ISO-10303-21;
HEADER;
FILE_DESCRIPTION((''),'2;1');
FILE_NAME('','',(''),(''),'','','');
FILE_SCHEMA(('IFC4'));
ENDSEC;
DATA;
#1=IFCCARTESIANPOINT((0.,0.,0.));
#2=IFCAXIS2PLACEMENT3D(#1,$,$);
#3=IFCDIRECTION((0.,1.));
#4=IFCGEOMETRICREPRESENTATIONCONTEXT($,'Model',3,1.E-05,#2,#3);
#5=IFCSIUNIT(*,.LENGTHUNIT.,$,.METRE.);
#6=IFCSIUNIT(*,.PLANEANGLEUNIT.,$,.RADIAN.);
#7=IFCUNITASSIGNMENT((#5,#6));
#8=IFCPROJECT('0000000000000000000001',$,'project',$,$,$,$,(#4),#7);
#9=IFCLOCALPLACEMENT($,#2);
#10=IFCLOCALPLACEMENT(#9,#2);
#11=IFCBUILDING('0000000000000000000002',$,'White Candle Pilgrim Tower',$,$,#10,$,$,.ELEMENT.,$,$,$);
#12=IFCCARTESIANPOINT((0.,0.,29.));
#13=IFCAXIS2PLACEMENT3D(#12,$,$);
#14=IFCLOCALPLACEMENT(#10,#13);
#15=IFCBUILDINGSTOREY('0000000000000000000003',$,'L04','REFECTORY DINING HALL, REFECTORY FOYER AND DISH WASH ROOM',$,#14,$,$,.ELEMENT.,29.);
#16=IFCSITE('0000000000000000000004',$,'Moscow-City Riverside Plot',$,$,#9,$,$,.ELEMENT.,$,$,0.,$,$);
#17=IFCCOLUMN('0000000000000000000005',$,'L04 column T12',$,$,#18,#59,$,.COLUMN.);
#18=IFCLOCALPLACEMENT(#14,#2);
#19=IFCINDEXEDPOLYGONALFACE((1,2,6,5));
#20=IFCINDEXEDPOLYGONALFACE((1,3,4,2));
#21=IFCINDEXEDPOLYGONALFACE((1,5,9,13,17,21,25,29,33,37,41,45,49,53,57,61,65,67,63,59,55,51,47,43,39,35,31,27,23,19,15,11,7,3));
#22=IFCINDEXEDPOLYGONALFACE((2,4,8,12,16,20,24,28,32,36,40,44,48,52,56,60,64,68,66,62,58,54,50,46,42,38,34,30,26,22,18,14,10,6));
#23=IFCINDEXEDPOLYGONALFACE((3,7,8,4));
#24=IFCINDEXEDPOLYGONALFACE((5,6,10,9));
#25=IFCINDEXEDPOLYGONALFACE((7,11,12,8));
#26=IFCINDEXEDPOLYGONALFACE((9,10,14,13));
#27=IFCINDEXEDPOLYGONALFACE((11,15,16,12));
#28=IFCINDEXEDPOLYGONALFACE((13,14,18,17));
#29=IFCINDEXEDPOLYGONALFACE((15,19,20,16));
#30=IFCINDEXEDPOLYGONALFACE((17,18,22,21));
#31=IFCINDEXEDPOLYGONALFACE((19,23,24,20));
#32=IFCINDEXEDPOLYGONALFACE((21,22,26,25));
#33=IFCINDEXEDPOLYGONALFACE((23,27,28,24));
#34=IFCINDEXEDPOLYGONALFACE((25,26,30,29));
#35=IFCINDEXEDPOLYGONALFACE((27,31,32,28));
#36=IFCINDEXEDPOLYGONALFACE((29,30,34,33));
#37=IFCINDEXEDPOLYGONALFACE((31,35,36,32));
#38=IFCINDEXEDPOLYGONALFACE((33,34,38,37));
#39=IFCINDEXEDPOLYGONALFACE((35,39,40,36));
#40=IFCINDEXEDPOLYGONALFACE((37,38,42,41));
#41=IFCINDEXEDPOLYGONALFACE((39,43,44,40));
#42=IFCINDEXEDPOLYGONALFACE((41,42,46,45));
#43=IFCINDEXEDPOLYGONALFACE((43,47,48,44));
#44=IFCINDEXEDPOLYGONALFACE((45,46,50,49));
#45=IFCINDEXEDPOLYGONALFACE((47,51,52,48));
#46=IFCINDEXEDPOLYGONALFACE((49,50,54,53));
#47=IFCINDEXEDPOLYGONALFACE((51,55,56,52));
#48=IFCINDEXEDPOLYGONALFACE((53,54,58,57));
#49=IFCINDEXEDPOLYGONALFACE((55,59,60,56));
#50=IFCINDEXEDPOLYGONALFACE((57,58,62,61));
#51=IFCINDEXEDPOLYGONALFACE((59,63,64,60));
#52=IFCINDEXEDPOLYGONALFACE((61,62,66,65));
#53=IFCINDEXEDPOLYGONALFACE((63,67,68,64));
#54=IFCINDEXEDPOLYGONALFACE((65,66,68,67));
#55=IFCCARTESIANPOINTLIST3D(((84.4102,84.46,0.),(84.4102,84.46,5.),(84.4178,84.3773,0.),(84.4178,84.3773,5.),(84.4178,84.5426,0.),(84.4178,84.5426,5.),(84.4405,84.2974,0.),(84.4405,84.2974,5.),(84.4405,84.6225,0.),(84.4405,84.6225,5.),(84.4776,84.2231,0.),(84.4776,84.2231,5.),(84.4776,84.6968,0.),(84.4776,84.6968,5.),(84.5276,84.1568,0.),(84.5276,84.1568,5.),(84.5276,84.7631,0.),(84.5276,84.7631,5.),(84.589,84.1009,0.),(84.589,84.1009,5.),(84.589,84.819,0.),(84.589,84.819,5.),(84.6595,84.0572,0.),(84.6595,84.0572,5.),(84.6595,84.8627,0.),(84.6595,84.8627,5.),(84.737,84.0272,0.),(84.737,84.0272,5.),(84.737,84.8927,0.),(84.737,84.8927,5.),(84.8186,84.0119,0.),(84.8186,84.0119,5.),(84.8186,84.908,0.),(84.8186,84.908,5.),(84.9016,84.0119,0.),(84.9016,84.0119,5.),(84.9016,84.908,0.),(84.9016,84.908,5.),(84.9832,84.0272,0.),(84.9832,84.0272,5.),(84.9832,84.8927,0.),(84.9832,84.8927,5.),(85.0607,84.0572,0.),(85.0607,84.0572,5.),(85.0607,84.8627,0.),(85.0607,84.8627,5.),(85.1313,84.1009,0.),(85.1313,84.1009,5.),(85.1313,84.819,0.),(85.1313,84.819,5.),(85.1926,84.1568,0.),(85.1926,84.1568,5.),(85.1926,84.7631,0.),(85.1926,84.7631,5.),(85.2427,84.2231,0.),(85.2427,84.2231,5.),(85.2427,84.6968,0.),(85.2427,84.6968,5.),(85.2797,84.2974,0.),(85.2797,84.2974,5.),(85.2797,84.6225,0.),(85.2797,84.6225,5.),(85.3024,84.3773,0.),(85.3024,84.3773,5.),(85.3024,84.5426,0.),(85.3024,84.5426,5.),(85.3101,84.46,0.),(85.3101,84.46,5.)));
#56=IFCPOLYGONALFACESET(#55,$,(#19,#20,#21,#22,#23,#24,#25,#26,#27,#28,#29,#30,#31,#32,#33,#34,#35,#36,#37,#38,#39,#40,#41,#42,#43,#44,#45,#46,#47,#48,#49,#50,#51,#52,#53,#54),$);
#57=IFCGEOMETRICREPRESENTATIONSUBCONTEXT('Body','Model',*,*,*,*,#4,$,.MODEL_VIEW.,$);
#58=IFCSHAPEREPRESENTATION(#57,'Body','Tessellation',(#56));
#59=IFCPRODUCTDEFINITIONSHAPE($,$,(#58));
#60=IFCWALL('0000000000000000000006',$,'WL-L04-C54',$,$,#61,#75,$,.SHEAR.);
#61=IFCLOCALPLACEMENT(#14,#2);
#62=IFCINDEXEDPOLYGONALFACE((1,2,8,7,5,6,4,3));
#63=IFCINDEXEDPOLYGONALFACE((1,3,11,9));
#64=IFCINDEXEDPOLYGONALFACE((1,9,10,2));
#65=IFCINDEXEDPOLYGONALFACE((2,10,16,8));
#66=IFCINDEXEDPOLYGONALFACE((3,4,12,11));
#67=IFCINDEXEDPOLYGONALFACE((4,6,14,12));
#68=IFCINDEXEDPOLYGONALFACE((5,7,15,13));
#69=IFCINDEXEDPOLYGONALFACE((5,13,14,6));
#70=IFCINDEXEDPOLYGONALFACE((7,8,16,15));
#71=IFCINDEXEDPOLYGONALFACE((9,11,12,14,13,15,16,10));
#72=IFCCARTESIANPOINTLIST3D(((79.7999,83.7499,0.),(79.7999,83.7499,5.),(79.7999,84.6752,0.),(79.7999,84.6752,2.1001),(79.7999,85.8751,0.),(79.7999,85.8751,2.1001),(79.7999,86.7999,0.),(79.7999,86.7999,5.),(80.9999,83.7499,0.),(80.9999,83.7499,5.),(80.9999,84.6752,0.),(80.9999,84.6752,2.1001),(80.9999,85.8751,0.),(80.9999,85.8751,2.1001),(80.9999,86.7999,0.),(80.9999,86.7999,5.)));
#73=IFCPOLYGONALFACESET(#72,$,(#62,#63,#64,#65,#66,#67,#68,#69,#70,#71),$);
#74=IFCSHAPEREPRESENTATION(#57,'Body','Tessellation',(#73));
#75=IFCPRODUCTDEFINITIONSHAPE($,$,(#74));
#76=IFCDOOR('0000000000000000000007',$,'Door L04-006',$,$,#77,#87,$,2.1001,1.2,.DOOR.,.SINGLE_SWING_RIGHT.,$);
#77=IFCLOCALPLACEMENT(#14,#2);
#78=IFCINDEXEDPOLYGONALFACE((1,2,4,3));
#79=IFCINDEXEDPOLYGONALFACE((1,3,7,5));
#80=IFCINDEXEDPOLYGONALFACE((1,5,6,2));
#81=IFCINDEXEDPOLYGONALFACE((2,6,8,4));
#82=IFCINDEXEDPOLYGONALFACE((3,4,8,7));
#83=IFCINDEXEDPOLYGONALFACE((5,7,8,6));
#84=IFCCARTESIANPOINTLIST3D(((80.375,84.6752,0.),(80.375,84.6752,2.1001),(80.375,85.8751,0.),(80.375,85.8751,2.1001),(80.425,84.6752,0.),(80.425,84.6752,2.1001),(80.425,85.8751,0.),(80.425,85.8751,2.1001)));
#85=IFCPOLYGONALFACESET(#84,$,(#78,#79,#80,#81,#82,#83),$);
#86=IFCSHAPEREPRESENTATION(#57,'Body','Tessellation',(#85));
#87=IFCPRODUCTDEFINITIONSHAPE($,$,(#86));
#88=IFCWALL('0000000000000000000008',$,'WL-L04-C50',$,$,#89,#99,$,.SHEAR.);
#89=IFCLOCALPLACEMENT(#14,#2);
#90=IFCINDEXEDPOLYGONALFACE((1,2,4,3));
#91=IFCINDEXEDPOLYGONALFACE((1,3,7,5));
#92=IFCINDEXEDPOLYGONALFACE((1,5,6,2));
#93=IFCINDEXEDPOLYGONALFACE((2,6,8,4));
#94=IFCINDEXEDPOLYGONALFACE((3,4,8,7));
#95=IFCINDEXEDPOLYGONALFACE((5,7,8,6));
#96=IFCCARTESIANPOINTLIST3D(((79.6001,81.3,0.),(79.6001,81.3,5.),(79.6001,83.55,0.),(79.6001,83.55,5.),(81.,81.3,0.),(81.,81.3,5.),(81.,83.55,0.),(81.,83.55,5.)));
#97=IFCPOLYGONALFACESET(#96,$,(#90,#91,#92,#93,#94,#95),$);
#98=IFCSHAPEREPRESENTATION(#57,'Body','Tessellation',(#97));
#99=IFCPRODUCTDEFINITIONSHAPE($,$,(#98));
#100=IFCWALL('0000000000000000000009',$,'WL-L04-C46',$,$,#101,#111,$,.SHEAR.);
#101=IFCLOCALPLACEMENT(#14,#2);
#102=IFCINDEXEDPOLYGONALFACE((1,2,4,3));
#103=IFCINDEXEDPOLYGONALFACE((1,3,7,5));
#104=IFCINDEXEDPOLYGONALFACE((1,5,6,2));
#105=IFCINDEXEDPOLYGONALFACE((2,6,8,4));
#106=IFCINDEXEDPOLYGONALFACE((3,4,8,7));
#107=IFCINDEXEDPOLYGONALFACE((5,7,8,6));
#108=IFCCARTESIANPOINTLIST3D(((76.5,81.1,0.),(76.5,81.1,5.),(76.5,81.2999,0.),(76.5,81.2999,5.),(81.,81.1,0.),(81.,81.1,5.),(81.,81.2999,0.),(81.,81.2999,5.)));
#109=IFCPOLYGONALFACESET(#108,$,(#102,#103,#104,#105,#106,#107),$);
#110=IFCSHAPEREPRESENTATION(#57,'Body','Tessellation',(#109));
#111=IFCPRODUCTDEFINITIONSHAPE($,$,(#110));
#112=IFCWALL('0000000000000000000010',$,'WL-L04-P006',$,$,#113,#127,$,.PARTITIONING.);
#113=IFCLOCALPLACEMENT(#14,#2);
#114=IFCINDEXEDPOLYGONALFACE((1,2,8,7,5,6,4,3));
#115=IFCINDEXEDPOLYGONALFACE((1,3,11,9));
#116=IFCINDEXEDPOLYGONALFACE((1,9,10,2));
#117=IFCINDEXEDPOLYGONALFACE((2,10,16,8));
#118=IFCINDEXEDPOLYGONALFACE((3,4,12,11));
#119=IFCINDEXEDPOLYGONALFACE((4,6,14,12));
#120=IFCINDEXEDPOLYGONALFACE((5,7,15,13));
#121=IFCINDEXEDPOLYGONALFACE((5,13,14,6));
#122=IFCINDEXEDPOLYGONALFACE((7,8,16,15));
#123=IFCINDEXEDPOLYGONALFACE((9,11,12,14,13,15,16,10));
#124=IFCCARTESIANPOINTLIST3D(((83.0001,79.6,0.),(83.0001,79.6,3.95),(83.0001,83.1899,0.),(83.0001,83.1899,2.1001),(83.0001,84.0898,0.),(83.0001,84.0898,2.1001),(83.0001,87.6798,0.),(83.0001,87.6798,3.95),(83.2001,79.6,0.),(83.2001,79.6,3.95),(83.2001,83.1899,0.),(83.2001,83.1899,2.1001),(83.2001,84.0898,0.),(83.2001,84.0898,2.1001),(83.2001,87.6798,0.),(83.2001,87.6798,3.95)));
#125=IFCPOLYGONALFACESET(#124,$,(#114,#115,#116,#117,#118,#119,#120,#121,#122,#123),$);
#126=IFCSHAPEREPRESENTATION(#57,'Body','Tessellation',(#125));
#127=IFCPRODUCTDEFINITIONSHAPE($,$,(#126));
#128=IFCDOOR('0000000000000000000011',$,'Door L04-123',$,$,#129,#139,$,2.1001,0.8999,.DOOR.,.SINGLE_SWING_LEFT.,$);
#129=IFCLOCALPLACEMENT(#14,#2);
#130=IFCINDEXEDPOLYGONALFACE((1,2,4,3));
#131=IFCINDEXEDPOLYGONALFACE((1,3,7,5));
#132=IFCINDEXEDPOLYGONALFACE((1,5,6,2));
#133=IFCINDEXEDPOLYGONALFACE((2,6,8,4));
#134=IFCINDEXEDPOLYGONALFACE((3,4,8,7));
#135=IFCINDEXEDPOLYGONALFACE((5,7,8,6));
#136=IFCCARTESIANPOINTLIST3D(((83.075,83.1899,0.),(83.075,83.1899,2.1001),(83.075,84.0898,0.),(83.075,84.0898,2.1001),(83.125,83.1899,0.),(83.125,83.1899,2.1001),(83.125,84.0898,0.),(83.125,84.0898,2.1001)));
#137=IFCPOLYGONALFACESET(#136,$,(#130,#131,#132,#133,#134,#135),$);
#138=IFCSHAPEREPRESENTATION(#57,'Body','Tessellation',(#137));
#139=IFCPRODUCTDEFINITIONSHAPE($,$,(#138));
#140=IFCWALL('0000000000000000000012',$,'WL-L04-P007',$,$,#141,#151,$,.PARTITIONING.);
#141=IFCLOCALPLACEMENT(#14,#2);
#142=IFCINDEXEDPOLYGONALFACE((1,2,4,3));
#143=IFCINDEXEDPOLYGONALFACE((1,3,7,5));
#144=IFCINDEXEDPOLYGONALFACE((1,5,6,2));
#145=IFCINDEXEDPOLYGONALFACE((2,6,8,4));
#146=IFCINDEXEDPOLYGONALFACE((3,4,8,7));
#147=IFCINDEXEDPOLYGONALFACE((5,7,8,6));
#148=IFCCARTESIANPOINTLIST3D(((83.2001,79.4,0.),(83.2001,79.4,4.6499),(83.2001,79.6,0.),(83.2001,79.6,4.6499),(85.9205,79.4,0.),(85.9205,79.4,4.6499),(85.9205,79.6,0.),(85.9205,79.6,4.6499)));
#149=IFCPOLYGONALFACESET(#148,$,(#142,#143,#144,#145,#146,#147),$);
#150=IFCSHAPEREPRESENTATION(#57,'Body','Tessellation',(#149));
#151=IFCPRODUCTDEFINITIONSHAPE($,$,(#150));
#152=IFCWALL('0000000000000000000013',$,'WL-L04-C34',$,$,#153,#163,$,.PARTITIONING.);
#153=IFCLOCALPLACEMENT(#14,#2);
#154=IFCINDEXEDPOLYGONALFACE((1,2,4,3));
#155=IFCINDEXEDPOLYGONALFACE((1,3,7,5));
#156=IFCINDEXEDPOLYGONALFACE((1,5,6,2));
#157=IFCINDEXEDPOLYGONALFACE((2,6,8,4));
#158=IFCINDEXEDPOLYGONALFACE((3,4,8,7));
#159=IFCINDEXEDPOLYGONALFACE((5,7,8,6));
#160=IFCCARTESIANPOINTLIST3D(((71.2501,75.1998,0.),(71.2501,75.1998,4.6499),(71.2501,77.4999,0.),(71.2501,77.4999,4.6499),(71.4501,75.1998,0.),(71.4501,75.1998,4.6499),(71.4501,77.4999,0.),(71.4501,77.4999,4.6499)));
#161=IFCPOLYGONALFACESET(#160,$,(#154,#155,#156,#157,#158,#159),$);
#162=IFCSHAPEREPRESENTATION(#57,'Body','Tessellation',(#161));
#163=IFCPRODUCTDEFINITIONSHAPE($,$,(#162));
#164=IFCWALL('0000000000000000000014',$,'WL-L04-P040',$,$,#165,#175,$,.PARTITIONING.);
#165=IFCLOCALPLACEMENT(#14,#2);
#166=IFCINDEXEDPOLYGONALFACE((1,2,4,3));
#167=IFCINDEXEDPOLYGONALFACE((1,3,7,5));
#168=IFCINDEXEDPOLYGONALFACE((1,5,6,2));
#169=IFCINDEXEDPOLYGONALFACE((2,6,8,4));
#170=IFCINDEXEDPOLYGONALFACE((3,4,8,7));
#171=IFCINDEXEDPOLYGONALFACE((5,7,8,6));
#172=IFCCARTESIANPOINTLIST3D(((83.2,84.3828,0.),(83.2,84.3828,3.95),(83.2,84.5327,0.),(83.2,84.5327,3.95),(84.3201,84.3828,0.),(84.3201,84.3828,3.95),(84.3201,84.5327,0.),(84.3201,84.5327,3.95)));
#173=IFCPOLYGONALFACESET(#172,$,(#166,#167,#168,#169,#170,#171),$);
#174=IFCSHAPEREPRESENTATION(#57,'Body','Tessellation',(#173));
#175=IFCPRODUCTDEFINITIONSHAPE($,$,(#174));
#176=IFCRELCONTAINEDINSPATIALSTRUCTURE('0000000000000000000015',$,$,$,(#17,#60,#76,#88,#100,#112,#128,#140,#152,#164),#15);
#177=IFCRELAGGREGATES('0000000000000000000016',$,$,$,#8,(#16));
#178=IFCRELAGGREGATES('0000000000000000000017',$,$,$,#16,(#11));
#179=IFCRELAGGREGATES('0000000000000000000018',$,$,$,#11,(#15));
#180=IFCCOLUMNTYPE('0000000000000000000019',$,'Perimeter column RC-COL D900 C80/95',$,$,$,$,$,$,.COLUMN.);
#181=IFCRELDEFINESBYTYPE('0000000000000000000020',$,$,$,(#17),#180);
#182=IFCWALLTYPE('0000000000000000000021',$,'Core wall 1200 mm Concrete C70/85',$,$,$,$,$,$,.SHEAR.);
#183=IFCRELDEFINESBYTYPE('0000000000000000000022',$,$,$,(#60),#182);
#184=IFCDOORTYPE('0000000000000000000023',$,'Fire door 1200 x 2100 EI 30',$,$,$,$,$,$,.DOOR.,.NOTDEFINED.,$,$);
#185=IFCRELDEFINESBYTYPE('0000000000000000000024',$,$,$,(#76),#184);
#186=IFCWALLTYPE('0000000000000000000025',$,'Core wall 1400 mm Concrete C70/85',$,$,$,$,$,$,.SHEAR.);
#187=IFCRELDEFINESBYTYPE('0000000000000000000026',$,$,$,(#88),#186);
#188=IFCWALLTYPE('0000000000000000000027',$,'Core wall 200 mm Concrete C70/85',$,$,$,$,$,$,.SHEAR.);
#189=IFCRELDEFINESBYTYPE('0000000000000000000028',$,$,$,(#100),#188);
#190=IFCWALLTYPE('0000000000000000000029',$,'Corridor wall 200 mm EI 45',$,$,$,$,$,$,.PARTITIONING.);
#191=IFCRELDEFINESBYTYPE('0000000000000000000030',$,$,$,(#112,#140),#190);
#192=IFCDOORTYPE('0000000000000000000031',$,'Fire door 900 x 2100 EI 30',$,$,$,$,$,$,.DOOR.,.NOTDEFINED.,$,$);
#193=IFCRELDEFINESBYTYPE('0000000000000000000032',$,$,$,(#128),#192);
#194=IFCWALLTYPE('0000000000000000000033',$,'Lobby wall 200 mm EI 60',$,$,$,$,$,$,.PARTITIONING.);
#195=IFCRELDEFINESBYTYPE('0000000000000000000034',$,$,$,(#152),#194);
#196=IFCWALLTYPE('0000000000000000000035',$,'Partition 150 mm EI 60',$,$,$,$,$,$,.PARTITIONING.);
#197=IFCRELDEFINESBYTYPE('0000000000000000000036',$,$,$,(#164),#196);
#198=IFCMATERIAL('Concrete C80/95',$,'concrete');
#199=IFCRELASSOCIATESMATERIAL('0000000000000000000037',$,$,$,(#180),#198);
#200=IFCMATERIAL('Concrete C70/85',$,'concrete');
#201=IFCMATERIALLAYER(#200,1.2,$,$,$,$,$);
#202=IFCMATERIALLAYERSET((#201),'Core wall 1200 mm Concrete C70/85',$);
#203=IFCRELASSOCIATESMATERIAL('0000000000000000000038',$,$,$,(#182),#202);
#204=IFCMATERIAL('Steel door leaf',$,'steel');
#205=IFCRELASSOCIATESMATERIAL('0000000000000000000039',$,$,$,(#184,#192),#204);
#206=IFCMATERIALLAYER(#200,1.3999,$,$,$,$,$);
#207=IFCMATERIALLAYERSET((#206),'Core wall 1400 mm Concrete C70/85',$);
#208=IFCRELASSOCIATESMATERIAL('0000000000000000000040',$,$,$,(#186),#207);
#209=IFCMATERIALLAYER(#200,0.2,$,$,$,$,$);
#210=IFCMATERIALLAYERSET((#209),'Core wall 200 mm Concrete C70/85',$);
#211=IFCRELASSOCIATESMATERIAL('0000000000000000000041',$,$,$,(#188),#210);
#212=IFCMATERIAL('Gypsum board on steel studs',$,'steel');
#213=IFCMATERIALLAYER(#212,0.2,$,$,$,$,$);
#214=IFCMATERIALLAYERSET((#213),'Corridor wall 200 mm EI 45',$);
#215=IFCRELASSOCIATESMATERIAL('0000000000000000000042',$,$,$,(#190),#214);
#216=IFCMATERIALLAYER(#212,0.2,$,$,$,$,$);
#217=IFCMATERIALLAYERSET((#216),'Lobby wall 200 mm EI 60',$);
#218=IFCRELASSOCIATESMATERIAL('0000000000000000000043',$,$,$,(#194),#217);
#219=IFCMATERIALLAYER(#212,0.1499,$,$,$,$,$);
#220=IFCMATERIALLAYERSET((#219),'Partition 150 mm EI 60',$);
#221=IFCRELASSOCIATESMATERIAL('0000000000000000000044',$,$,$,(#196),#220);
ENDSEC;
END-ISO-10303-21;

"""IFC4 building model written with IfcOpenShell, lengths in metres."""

from ifc_helpers import new_model, si_unit, direction, frame, frame_2d, origin, origin_2d, place, context, subcontext, project, spatial, rectangle, circle, extrude, material, layer, layer_set, material_profile, profile_set, type_object, element, fill, save


model = new_model("IFC4")

# Units and contexts
model_context = context("Model", 3, precision=1e-05, world=origin(), true_north=direction((0.0, 1.0)))
body_context = subcontext(model_context, "Body", "Model", "MODEL_VIEW")
ifc_project = project(units=[si_unit("LENGTHUNIT", "METRE"), si_unit("PLANEANGLEUNIT", "RADIAN")], contexts=[model_context])

# Site, building, storey
site_placement = place(None, origin())
site = spatial("IfcSite", under=ifc_project, at=site_placement, Name="Moscow-City Riverside Plot", CompositionType="ELEMENT", RefElevation=0.0)
building_placement = place(site_placement, origin())
building = spatial("IfcBuilding", under=site, at=building_placement, Name="White Candle Pilgrim Tower", CompositionType="ELEMENT")
storey_placement = place(building_placement, frame((0.0, 0.0, 29.0)))
storey = spatial("IfcBuildingStorey", under=building, at=storey_placement, Name="L04", Description="REFECTORY DINING HALL, REFECTORY FOYER AND DISH WASH ROOM", CompositionType="ELEMENT", Elevation=29.0)

# Column
ifc_material_1 = material(Name="Concrete C80/95", Category="concrete")
ifc_material_profile = material_profile(ifc_material_1, circle(Radius=0.45, at=origin_2d()), Name="RC-COL D900")
ifc_profile_set = profile_set([ifc_material_profile], Name="Concrete C80/95")
column_type = type_object("IfcColumnType", Name="Perimeter column RC-COL D900 C80/95", PredefinedType="COLUMN", material=ifc_profile_set)
column_placement = place(storey_placement, frame((84.8601, 84.46, 0.0), z_axis=(0.0, 0.0, 1.0), x_axis=(1.0, 0.0, 0.0)))
element("IfcColumn", 1, at=column_placement, inside=storey, type_object=column_type, Name="L04 column T12", PredefinedType="COLUMN", context=body_context, shape_type="SweptSolid", body=[
    extrude(circle(Radius=0.45, at=origin_2d()), origin(), (0.0, 0.0, 1.0), 5.0),
])

# Wall, opening, door
ifc_material_2 = material(Name="Concrete C70/85", Category="concrete")
ifc_layer_1 = layer(ifc_material_2, 1.2)
ifc_layer_set_1 = layer_set([ifc_layer_1], Name="Core wall 1200 mm Concrete C70/85")
wall_type_1 = type_object("IfcWallType", Name="Core wall 1200 mm Concrete C70/85", PredefinedType="SHEAR", material=ifc_layer_set_1)
wall_1_placement = place(storey_placement, frame((80.3999, 83.75, 0.0), z_axis=(0.0, 0.0, 1.0), x_axis=(0.0, 1.0, 0.0)))
wall_1 = element("IfcWall", 2, at=wall_1_placement, inside=storey, type_object=wall_type_1, Name="WL-L04-C54", PredefinedType="SHEAR", context=body_context, shape_type="SweptSolid", body=[
    extrude(rectangle(XDim=3.05, YDim=1.2, at=frame_2d((1.5249, 0.0))), origin(), (0.0, 0.0, 1.0), 5.0),
])
opening_1_placement = place(wall_1_placement, frame((0.925, 0.0, 0.0)))
opening_1 = element("IfcOpeningElement", 3, at=opening_1_placement, cuts=wall_1, PredefinedType="OPENING", context=body_context, shape_type="SweptSolid", body=[
    extrude(rectangle(XDim=1.2, YDim=2.1001, at=frame_2d((0.6001, 1.05))), frame((0.0, 0.6099, 0.0), z_axis=(0.0, -1.0, 0.0), x_axis=(1.0, 0.0, 0.0)), (0.0, 0.0, 1.0), 1.22),
])
ifc_material_3 = material(Name="Steel door leaf", Category="steel")
door_type_1 = type_object("IfcDoorType", Name="Fire door 1200 x 2100 EI 30", OperationType="NOTDEFINED", PredefinedType="DOOR", material=ifc_material_3)
door_1_placement = place(opening_1_placement, origin())
door_1 = element("IfcDoor", 4, at=door_1_placement, inside=storey, type_object=door_type_1, Name="Door L04-006", OperationType="SINGLE_SWING_RIGHT", OverallHeight=2.1001, OverallWidth=1.2, PredefinedType="DOOR", context=body_context, shape_type="SweptSolid", body=[
    extrude(rectangle(XDim=1.2, YDim=2.1001, at=frame_2d((0.6001, 1.05))), frame((0.0, 0.0249, 0.0), z_axis=(0.0, -1.0, 0.0), x_axis=(1.0, 0.0, 0.0)), (0.0, 0.0, 1.0), 0.05),
])
fill(opening_1, door_1)

# Walls
ifc_layer_2 = layer(ifc_material_2, 1.3999)
ifc_layer_set_2 = layer_set([ifc_layer_2], Name="Core wall 1400 mm Concrete C70/85")
wall_type_2 = type_object("IfcWallType", Name="Core wall 1400 mm Concrete C70/85", PredefinedType="SHEAR", material=ifc_layer_set_2)
wall_2_placement = place(storey_placement, frame((80.3, 81.3, 0.0), z_axis=(0.0, 0.0, 1.0), x_axis=(0.0, 1.0, 0.0)))
element("IfcWall", 5, at=wall_2_placement, inside=storey, type_object=wall_type_2, Name="WL-L04-C50", PredefinedType="SHEAR", context=body_context, shape_type="SweptSolid", body=[
    extrude(rectangle(XDim=2.25, YDim=1.3999, at=frame_2d((1.125, 0.0))), origin(), (0.0, 0.0, 1.0), 5.0),
])
ifc_layer_3 = layer(ifc_material_2, 0.2)
ifc_layer_set_3 = layer_set([ifc_layer_3], Name="Core wall 200 mm Concrete C70/85")
wall_type_3 = type_object("IfcWallType", Name="Core wall 200 mm Concrete C70/85", PredefinedType="SHEAR", material=ifc_layer_set_3)
wall_3_placement = place(storey_placement, frame((76.5, 81.2, 0.0), z_axis=(0.0, 0.0, 1.0), x_axis=(1.0, 0.0, 0.0)))
element("IfcWall", 6, at=wall_3_placement, inside=storey, type_object=wall_type_3, Name="WL-L04-C46", PredefinedType="SHEAR", context=body_context, shape_type="SweptSolid", body=[
    extrude(rectangle(XDim=4.5, YDim=0.2, at=frame_2d((2.25, 0.0))), origin(), (0.0, 0.0, 1.0), 5.0),
])

# Wall, opening, door
ifc_material_4 = material(Name="Gypsum board on steel studs", Category="steel")
ifc_layer_4 = layer(ifc_material_4, 0.2)
ifc_layer_set_4 = layer_set([ifc_layer_4], Name="Corridor wall 200 mm EI 45")
wall_type_4 = type_object("IfcWallType", Name="Corridor wall 200 mm EI 45", PredefinedType="PARTITIONING", material=ifc_layer_set_4)
wall_4_placement = place(storey_placement, frame((83.1001, 87.6799, 0.0), z_axis=(0.0, 0.0, 1.0), x_axis=(0.0, -1.0, 0.0)))
wall_4 = element("IfcWall", 7, at=wall_4_placement, inside=storey, type_object=wall_type_4, Name="WL-L04-P006", PredefinedType="PARTITIONING", context=body_context, shape_type="SweptSolid", body=[
    extrude(rectangle(XDim=8.0798, YDim=0.2, at=frame_2d((4.04, 0.0))), origin(), (0.0, 0.0, 1.0), 3.95),
])
opening_2_placement = place(wall_4_placement, frame((3.5901, 0.0, 0.0)))
opening_2 = element("IfcOpeningElement", 8, at=opening_2_placement, cuts=wall_4, PredefinedType="OPENING", context=body_context, shape_type="SweptSolid", body=[
    extrude(rectangle(XDim=0.8999, YDim=2.1001, at=frame_2d((0.45, 1.05))), frame((0.0, 0.1099, 0.0), z_axis=(0.0, -1.0, 0.0), x_axis=(1.0, 0.0, 0.0)), (0.0, 0.0, 1.0), 0.22),
])
door_type_2 = type_object("IfcDoorType", Name="Fire door 900 x 2100 EI 30", OperationType="NOTDEFINED", PredefinedType="DOOR", material=ifc_material_3)
door_2_placement = place(opening_2_placement, origin())
door_2 = element("IfcDoor", 9, at=door_2_placement, inside=storey, type_object=door_type_2, Name="Door L04-123", OperationType="SINGLE_SWING_LEFT", OverallHeight=2.1001, OverallWidth=0.8999, PredefinedType="DOOR", context=body_context, shape_type="SweptSolid", body=[
    extrude(rectangle(XDim=0.8999, YDim=2.1001, at=frame_2d((0.45, 1.05))), frame((0.0, 0.0249, 0.0), z_axis=(0.0, -1.0, 0.0), x_axis=(1.0, 0.0, 0.0)), (0.0, 0.0, 1.0), 0.05),
])
fill(opening_2, door_2)

# Walls
wall_5_placement = place(storey_placement, frame((83.2, 79.5, 0.0), z_axis=(0.0, 0.0, 1.0), x_axis=(1.0, 0.0, 0.0)))
element("IfcWall", 10, at=wall_5_placement, inside=storey, type_object=wall_type_4, Name="WL-L04-P007", PredefinedType="PARTITIONING", context=body_context, shape_type="SweptSolid", body=[
    extrude(rectangle(XDim=2.7205, YDim=0.2, at=frame_2d((1.3604, 0.0))), origin(), (0.0, 0.0, 1.0), 4.6499),
])
ifc_layer_5 = layer(ifc_material_4, 0.2)
ifc_layer_set_5 = layer_set([ifc_layer_5], Name="Lobby wall 200 mm EI 60")
wall_type_5 = type_object("IfcWallType", Name="Lobby wall 200 mm EI 60", PredefinedType="PARTITIONING", material=ifc_layer_set_5)
wall_6_placement = place(storey_placement, frame((71.3501, 75.2, 0.0), z_axis=(0.0, 0.0, 1.0), x_axis=(0.0, 1.0, 0.0)))
element("IfcWall", 11, at=wall_6_placement, inside=storey, type_object=wall_type_5, Name="WL-L04-C34", PredefinedType="PARTITIONING", context=body_context, shape_type="SweptSolid", body=[
    extrude(rectangle(XDim=2.3, YDim=0.2, at=frame_2d((1.1499, 0.0))), origin(), (0.0, 0.0, 1.0), 4.6499),
])
ifc_layer_6 = layer(ifc_material_4, 0.1499)
ifc_layer_set_6 = layer_set([ifc_layer_6], Name="Partition 150 mm EI 60")
wall_type_6 = type_object("IfcWallType", Name="Partition 150 mm EI 60", PredefinedType="PARTITIONING", material=ifc_layer_set_6)
wall_7_placement = place(storey_placement, frame((84.3201, 84.4578, 0.0), z_axis=(0.0, 0.0, 1.0), x_axis=(-1.0, 0.0, 0.0)))
element("IfcWall", 12, at=wall_7_placement, inside=storey, type_object=wall_type_6, Name="WL-L04-P040", PredefinedType="PARTITIONING", context=body_context, shape_type="SweptSolid", body=[
    extrude(rectangle(XDim=1.1201, YDim=0.1499, at=frame_2d((0.5601, 0.0))), origin(), (0.0, 0.0, 1.0), 3.95),
])

save(model, "model.ifc")
